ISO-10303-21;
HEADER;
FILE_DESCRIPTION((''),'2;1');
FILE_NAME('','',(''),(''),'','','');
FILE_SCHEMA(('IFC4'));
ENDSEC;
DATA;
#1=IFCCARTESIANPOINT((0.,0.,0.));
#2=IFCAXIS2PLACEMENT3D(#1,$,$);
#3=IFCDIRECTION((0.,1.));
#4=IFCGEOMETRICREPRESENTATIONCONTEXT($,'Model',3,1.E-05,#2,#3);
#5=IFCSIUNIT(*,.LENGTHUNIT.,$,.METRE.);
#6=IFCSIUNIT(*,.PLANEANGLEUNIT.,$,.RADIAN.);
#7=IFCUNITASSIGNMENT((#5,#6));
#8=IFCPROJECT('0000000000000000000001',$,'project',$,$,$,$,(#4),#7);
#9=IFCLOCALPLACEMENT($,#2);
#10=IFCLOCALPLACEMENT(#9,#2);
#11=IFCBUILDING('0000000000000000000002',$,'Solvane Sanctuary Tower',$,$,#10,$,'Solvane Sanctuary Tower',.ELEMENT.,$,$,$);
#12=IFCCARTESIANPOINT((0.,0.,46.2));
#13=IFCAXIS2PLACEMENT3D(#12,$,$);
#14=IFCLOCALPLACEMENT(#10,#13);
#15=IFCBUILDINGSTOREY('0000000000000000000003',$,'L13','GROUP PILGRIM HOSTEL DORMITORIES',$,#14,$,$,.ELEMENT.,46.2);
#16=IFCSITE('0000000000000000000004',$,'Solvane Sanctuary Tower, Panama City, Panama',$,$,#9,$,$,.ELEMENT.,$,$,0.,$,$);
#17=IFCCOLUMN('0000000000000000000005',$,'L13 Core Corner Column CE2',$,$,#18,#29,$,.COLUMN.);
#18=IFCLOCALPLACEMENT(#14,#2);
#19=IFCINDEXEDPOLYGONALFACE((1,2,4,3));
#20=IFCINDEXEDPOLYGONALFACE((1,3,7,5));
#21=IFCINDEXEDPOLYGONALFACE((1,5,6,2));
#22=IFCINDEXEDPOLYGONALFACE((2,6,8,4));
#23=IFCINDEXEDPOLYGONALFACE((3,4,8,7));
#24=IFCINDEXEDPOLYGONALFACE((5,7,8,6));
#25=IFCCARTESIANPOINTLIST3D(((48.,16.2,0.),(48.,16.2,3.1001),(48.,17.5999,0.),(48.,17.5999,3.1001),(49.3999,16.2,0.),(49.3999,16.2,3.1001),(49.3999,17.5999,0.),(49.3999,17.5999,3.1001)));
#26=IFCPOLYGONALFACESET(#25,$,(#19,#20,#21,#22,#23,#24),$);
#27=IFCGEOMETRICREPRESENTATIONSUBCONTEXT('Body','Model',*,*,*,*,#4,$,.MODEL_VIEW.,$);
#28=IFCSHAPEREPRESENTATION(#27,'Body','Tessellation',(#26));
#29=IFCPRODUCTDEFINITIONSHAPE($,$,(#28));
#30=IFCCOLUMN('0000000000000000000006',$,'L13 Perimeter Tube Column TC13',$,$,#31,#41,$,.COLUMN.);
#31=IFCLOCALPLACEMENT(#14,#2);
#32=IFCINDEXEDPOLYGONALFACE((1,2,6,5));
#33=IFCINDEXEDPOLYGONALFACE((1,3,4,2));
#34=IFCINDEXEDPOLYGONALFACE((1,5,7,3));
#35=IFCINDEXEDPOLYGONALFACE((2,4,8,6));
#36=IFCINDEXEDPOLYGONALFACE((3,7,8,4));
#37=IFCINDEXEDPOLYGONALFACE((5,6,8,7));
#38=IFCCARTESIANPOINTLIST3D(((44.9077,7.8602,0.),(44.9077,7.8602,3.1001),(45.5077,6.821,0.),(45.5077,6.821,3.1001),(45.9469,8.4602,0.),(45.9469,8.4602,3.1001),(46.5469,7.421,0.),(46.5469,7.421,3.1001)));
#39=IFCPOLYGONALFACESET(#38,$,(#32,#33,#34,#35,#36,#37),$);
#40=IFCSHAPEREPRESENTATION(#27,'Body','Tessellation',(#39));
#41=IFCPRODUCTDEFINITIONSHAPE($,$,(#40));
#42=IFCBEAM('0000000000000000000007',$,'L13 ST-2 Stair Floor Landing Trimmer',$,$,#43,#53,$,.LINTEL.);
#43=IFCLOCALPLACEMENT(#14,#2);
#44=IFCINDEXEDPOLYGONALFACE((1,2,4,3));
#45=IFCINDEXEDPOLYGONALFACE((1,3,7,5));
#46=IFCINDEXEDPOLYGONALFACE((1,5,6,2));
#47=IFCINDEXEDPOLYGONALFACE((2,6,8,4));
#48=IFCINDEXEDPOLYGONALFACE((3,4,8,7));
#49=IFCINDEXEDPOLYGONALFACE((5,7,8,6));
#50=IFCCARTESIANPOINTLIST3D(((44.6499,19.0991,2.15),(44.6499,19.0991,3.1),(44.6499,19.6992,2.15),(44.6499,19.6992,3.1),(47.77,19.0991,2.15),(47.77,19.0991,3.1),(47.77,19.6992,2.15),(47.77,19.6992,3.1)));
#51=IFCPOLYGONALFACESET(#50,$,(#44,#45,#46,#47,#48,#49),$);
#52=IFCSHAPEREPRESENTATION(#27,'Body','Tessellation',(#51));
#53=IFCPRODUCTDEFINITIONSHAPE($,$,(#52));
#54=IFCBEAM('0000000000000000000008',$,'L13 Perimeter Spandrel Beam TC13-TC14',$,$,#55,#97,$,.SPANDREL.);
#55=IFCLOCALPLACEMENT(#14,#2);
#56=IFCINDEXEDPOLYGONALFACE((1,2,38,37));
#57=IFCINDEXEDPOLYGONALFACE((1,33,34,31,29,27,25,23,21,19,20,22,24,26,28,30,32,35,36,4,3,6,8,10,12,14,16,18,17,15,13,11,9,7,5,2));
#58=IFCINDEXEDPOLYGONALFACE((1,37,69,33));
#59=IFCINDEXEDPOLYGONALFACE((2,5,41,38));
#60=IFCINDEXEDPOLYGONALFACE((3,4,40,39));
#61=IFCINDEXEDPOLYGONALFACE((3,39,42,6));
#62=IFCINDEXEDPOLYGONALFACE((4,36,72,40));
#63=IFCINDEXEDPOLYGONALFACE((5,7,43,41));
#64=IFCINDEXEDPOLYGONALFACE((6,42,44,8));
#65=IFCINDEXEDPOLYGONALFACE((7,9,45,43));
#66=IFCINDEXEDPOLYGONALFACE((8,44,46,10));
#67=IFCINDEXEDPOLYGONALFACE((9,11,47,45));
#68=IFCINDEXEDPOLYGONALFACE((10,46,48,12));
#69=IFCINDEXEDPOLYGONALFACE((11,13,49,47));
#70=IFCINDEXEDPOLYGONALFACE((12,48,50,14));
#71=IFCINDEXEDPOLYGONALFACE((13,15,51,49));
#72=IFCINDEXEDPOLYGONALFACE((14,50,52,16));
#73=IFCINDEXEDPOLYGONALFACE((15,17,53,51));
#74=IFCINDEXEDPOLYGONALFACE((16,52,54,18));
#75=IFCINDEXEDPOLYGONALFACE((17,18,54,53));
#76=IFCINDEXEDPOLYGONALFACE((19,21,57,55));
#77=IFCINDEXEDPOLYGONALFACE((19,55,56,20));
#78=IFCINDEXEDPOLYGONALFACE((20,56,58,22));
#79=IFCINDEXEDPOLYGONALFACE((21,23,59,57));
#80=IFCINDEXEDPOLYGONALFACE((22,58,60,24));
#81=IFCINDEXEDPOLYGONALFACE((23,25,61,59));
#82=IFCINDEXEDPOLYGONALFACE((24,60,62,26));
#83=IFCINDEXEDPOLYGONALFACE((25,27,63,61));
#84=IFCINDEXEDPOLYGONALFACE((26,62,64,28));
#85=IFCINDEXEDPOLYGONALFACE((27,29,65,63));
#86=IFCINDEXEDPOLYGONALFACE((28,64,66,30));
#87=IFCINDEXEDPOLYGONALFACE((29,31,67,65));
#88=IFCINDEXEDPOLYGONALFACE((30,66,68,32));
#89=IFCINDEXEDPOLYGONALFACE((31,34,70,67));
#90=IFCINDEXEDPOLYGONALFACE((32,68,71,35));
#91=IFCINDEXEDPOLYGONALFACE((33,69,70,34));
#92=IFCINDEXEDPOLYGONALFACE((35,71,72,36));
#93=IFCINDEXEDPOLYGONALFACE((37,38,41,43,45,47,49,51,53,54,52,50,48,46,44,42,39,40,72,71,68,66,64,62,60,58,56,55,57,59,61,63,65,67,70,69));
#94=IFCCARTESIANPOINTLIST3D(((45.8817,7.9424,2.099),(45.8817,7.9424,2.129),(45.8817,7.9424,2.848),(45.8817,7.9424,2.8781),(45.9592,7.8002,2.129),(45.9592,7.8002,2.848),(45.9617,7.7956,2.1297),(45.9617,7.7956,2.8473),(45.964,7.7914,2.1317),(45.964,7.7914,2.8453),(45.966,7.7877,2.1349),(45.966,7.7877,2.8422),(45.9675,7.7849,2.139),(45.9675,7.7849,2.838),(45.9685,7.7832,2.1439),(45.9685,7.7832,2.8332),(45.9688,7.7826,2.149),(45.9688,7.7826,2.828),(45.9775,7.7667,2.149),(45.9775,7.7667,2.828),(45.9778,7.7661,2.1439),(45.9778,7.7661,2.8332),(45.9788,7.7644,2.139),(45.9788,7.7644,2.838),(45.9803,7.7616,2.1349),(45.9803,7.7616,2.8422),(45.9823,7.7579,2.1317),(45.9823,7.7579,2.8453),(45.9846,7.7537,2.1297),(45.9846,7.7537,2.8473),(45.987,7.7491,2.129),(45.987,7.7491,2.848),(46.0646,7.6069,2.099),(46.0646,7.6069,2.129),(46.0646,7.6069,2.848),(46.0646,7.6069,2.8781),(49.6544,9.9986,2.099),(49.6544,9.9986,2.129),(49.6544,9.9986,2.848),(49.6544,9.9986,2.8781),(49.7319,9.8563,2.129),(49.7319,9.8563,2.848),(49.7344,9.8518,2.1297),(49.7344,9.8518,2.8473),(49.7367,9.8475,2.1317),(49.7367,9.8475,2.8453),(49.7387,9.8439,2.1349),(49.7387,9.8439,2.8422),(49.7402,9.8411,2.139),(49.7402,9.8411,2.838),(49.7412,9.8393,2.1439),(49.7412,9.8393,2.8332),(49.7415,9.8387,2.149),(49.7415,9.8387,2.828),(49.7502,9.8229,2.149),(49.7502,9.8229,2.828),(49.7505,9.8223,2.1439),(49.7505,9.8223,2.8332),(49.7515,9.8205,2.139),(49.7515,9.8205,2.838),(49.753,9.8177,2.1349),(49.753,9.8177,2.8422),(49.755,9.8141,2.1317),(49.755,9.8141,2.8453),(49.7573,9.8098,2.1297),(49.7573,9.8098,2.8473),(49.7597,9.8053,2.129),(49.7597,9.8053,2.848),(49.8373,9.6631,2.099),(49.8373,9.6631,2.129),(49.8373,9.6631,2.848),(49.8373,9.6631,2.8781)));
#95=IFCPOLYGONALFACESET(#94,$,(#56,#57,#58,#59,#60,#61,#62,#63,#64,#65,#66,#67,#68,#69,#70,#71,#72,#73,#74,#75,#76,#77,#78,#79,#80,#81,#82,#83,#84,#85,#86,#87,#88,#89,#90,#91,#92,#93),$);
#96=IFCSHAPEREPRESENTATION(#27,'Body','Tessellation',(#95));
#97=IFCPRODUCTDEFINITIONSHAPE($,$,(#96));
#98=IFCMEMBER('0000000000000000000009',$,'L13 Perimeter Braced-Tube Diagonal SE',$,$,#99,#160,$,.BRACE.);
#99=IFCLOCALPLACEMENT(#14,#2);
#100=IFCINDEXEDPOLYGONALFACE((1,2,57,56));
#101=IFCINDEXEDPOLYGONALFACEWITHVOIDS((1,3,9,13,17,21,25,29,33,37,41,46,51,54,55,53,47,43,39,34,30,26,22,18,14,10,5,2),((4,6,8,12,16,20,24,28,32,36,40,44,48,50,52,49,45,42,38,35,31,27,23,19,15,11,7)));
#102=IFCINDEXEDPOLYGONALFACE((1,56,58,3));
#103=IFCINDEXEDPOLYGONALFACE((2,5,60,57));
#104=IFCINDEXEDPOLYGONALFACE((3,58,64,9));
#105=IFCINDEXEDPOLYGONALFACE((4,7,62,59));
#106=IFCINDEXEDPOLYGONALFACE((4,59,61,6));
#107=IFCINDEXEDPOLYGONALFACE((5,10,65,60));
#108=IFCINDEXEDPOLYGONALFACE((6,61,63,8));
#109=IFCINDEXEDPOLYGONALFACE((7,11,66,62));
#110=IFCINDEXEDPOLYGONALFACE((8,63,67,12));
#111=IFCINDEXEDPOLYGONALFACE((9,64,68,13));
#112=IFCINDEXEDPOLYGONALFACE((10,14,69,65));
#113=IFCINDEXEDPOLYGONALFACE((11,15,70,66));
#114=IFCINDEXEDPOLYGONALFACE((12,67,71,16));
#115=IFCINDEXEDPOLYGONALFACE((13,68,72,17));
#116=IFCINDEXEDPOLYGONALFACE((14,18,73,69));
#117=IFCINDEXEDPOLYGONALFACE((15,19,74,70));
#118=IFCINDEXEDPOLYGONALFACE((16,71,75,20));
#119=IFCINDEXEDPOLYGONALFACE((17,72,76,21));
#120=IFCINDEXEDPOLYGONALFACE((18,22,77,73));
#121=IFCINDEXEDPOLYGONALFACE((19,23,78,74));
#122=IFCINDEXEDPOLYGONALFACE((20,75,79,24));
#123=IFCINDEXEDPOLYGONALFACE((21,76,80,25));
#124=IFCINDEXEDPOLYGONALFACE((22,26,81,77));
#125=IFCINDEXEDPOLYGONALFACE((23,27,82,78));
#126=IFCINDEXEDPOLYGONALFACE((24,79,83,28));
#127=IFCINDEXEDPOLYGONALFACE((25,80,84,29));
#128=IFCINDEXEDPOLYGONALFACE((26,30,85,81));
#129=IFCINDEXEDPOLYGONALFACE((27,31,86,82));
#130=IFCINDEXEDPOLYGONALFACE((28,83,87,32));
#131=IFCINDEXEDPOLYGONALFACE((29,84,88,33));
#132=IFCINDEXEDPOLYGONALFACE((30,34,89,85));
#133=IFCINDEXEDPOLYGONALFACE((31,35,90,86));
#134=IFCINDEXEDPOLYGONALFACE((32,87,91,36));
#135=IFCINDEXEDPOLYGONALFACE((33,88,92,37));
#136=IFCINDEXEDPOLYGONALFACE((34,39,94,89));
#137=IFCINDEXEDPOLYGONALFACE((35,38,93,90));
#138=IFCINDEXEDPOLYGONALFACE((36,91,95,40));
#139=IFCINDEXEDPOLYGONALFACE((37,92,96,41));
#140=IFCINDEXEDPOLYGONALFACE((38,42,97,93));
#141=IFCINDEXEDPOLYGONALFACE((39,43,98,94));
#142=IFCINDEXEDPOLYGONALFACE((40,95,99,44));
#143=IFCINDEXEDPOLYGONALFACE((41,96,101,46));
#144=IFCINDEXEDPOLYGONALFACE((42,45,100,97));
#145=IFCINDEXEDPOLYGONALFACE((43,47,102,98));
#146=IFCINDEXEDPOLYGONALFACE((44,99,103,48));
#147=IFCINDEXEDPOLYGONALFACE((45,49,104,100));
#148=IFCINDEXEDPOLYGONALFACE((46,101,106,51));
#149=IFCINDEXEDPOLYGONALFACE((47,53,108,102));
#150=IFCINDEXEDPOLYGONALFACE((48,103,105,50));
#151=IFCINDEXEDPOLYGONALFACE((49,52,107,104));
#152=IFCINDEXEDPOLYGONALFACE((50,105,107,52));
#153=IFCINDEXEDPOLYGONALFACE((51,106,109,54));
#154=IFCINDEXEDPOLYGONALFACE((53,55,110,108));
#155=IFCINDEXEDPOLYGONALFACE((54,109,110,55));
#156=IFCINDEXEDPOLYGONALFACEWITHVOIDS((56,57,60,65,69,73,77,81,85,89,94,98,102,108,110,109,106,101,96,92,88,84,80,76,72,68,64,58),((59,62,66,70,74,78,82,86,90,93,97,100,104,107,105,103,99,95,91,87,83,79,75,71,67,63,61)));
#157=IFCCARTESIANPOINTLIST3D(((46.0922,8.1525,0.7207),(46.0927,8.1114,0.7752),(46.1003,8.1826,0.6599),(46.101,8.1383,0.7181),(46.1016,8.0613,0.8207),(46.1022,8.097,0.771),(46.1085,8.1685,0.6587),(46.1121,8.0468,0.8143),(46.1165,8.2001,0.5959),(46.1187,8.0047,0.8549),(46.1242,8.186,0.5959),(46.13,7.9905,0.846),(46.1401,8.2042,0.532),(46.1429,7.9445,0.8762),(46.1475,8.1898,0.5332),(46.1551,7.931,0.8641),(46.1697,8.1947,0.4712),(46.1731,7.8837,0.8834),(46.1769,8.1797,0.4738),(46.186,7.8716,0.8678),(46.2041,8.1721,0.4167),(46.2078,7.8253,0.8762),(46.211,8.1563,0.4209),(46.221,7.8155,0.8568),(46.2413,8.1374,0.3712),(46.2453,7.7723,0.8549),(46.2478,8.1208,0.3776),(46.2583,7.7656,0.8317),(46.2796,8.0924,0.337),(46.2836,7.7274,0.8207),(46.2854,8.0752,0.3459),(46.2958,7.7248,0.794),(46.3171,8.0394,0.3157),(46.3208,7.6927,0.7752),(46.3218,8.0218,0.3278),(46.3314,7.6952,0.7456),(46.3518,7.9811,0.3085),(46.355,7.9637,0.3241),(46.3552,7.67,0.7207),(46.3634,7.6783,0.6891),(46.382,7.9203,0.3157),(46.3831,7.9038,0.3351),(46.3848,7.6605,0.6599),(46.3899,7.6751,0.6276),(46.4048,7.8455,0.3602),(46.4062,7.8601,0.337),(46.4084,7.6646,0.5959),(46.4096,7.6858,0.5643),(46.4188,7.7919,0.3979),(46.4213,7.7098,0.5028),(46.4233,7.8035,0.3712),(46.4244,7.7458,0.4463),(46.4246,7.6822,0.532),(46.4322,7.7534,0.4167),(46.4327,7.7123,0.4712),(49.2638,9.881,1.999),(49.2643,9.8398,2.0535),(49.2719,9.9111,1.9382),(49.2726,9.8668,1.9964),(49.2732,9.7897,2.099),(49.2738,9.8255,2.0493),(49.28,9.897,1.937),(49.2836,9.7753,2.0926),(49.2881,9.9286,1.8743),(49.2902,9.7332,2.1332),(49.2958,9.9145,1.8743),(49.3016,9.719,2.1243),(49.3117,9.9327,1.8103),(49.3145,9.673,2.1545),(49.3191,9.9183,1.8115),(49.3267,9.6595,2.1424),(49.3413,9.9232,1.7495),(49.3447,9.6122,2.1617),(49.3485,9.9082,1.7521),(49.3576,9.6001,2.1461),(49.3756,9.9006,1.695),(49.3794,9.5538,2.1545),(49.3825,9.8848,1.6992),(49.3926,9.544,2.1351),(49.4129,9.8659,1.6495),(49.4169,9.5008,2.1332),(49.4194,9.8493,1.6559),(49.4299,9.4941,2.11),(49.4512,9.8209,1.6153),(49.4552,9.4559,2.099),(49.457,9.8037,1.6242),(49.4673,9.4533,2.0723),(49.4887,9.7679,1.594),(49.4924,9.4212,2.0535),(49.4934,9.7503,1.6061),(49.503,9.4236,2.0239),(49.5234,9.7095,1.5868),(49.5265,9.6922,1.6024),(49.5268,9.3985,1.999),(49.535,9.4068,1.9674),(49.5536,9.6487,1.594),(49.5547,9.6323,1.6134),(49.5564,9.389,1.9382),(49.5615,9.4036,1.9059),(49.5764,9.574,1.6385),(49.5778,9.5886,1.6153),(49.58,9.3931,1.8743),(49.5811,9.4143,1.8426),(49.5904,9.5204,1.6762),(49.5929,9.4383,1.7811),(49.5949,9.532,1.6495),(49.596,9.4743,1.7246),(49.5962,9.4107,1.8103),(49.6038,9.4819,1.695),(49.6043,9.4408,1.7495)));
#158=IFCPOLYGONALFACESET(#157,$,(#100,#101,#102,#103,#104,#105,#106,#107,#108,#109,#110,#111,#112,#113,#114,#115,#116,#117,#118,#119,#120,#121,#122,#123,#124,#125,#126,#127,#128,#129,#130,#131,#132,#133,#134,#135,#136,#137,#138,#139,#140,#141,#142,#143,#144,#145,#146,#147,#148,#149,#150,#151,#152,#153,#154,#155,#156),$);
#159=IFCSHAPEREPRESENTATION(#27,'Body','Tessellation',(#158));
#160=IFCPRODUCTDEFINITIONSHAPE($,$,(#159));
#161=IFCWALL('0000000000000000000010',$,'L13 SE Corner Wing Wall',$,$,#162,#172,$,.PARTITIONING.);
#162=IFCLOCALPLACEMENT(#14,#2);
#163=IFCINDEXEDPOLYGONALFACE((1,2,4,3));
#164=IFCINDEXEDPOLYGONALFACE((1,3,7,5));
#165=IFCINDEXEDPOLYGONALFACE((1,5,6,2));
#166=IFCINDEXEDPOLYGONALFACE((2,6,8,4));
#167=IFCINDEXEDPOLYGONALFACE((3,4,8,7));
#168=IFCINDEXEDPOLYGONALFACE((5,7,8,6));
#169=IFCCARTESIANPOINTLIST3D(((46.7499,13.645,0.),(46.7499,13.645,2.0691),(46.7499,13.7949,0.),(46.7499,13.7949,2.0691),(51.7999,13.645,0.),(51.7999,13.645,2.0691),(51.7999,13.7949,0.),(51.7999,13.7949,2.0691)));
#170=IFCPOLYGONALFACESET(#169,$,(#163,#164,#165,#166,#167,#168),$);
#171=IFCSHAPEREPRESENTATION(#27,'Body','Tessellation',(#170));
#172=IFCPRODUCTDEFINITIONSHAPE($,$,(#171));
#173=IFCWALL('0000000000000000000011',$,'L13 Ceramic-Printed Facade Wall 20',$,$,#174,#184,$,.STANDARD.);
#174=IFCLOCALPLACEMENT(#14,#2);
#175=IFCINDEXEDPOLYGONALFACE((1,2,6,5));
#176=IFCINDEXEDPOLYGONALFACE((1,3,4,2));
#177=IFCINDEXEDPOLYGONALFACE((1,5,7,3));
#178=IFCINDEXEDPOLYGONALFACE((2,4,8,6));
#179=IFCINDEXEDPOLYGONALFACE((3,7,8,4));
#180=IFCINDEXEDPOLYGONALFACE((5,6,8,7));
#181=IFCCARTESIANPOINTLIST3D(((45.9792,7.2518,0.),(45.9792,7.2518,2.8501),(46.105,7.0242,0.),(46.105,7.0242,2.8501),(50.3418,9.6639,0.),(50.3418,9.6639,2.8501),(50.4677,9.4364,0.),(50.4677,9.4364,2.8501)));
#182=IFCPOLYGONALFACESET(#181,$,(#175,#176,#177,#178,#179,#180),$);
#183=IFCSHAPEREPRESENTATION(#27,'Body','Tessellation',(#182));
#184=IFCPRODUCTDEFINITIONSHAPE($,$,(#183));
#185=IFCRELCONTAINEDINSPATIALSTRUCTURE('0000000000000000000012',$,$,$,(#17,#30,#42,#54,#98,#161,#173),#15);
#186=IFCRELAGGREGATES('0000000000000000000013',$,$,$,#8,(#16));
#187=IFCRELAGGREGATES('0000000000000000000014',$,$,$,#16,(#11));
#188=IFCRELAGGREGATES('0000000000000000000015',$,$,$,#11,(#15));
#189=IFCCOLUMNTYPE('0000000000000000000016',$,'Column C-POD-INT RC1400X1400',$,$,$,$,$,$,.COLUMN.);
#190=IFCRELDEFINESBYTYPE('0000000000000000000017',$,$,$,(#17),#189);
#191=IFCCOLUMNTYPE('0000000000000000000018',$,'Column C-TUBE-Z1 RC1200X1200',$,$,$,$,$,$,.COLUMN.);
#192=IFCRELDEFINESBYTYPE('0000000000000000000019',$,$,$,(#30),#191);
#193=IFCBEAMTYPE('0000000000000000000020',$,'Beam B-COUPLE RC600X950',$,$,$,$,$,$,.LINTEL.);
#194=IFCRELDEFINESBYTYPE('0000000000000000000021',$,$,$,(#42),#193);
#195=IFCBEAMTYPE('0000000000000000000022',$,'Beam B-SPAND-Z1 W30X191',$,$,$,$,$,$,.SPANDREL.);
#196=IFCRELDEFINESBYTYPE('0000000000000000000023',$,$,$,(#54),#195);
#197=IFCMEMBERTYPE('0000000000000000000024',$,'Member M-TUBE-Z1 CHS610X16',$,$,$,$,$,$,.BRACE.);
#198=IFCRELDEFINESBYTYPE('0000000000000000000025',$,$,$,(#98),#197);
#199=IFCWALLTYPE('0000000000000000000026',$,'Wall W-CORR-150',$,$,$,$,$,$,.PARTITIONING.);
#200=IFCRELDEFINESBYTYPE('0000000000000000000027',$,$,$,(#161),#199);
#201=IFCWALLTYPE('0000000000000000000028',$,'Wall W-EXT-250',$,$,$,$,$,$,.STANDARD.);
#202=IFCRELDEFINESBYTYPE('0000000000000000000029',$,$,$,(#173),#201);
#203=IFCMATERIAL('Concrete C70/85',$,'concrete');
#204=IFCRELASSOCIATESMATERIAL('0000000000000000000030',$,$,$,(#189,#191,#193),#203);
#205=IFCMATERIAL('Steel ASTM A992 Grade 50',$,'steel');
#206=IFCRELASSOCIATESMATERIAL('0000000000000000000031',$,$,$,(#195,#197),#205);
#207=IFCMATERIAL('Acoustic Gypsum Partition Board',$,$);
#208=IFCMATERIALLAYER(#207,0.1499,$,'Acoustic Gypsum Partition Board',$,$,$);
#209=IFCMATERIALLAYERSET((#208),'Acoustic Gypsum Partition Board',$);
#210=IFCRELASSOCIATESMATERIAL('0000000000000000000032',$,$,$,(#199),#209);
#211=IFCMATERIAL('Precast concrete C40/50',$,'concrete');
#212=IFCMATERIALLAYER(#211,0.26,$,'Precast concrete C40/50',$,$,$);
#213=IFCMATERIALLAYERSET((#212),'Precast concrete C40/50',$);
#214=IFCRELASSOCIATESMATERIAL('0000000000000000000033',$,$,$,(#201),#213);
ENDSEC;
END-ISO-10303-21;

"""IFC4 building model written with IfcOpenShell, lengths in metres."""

from ifc_helpers import new_model, si_unit, direction, frame, frame_2d, origin, origin_2d, place, context, subcontext, project, spatial, rectangle, hollow_circle, i_section, extrude, material, layer, layer_set, material_profile, profile_set, type_object, element, save


model = new_model("IFC4")

# Units and contexts
model_context = context("Model", 3, precision=1e-05, world=origin(), true_north=direction((0.0, 1.0)))
body_context = subcontext(model_context, "Body", "Model", "MODEL_VIEW")
ifc_project = project(units=[si_unit("LENGTHUNIT", "METRE"), si_unit("PLANEANGLEUNIT", "RADIAN")], contexts=[model_context])

# Site, building, storey
site_placement = place(None, origin())
site = spatial("IfcSite", under=ifc_project, at=site_placement, Name="Solvane Sanctuary Tower, Panama City, Panama", CompositionType="ELEMENT", RefElevation=0.0)
building_placement = place(site_placement, origin())
building = spatial("IfcBuilding", under=site, at=building_placement, Name="Solvane Sanctuary Tower", LongName="Solvane Sanctuary Tower", CompositionType="ELEMENT")
storey_placement = place(building_placement, frame((0.0, 0.0, 46.2)))
storey = spatial("IfcBuildingStorey", under=building, at=storey_placement, Name="L13", Description="GROUP PILGRIM HOSTEL DORMITORIES", CompositionType="ELEMENT", Elevation=46.2)

# Columns
ifc_material_1 = material(Name="Concrete C70/85", Category="concrete")
ifc_material_profile_1 = material_profile(ifc_material_1, rectangle(XDim=1.3999, YDim=1.3999, at=origin_2d()), Name="RC1400X1400")
ifc_profile_set_1 = profile_set([ifc_material_profile_1], Name="Concrete C70/85")
column_type_1 = type_object("IfcColumnType", Name="Column C-POD-INT RC1400X1400", PredefinedType="COLUMN", material=ifc_profile_set_1)
column_1_placement = place(storey_placement, frame((48.7, 16.8999, 0.0), z_axis=(0.0, 0.0, 1.0), x_axis=(1.0, 0.0, 0.0)))
element("IfcColumn", 1, at=column_1_placement, inside=storey, type_object=column_type_1, Name="L13 Core Corner Column CE2", PredefinedType="COLUMN", context=body_context, shape_type="SweptSolid", body=[
    extrude(rectangle(XDim=1.3999, YDim=1.3999, at=origin_2d()), origin(), (0.0, 0.0, 1.0), 3.1001),
])
ifc_material_profile_2 = material_profile(ifc_material_1, rectangle(XDim=1.2, YDim=1.2, at=origin_2d()), Name="RC1200X1200")
ifc_profile_set_2 = profile_set([ifc_material_profile_2], Name="Concrete C70/85")
column_type_2 = type_object("IfcColumnType", Name="Column C-TUBE-Z1 RC1200X1200", PredefinedType="COLUMN", material=ifc_profile_set_2)
column_2_placement = place(storey_placement, frame((45.7273, 7.6406, 0.0), z_axis=(0.0, 0.0, 1.0), x_axis=(0.5, -0.866025, 0.0)))
element("IfcColumn", 2, at=column_2_placement, inside=storey, type_object=column_type_2, Name="L13 Perimeter Tube Column TC13", PredefinedType="COLUMN", context=body_context, shape_type="SweptSolid", body=[
    extrude(rectangle(XDim=1.2, YDim=1.2, at=origin_2d()), origin(), (0.0, 0.0, 1.0), 3.1001),
])

# Beams
ifc_material_profile_3 = material_profile(ifc_material_1, rectangle(XDim=0.6001, YDim=0.95, at=origin_2d()), Name="RC600X950")
ifc_profile_set_3 = profile_set([ifc_material_profile_3], Name="Concrete C70/85")
beam_type_1 = type_object("IfcBeamType", Name="Beam B-COUPLE RC600X950", PredefinedType="LINTEL", material=ifc_profile_set_3)
beam_1_placement = place(storey_placement, frame((44.6499, 19.3992, 2.625), z_axis=(1.0, 0.0, 0.0), x_axis=(0.0, 1.0, 0.0)))
element("IfcBeam", 3, at=beam_1_placement, inside=storey, type_object=beam_type_1, Name="L13 ST-2 Stair Floor Landing Trimmer", PredefinedType="LINTEL", context=body_context, shape_type="SweptSolid", body=[
    extrude(rectangle(XDim=0.6001, YDim=0.95, at=origin_2d()), origin(), (0.0, 0.0, 1.0), 3.1201),
])
ifc_material_2 = material(Name="Steel ASTM A992 Grade 50", Category="steel")
ifc_material_profile_4 = material_profile(ifc_material_2, i_section(OverallWidth=0.3821, OverallDepth=0.7791, WebThickness=0.0181, FlangeThickness=0.03, FilletRadius=0.02, at=origin_2d()), Name="W30X191")
ifc_profile_set_4 = profile_set([ifc_material_profile_4], Name="Steel ASTM A992 Grade 50")
beam_type_2 = type_object("IfcBeamType", Name="Beam B-SPAND-Z1 W30X191", PredefinedType="SPANDREL", material=ifc_profile_set_4)
beam_2_placement = place(storey_placement, frame((45.9731, 7.7747, 2.4885), z_axis=(0.878061, 0.47855, 0.0), x_axis=(-0.47855, 0.878061, 0.0)))
element("IfcBeam", 4, at=beam_2_placement, inside=storey, type_object=beam_type_2, Name="L13 Perimeter Spandrel Beam TC13-TC14", PredefinedType="SPANDREL", context=body_context, shape_type="SweptSolid", body=[
    extrude(i_section(OverallWidth=0.3821, OverallDepth=0.7791, WebThickness=0.0181, FlangeThickness=0.03, FilletRadius=0.02, at=origin_2d()), origin(), (0.0, 0.0, 1.0), 4.2966),
])

# Member
ifc_material_profile_5 = material_profile(ifc_material_2, hollow_circle(Radius=0.3049, WallThickness=0.0161, at=origin_2d()), Name="CHS610X16")
ifc_profile_set_5 = profile_set([ifc_material_profile_5], Name="Steel ASTM A992 Grade 50")
member_type = type_object("IfcMemberType", Name="Member M-TUBE-Z1 CHS610X16", PredefinedType="BRACE", material=ifc_profile_set_5)
member_placement = place(storey_placement, frame((46.2625, 7.9324, 0.5959), z_axis=(0.827758, 0.451122, 0.333626), x_axis=(-0.47854, 0.878066, 0.0)))
element("IfcMember", 5, at=member_placement, inside=storey, type_object=member_type, Name="L13 Perimeter Braced-Tube Diagonal SE", PredefinedType="BRACE", context=body_context, shape_type="SweptSolid", body=[
    extrude(hollow_circle(Radius=0.3049, WallThickness=0.0161, at=origin_2d()), origin(), (0.0, 0.0, 1.0), 3.8315),
])

# Walls
ifc_material_3 = material(Name="Acoustic Gypsum Partition Board")
ifc_layer_1 = layer(ifc_material_3, 0.1499, Name="Acoustic Gypsum Partition Board")
ifc_layer_set_1 = layer_set([ifc_layer_1], Name="Acoustic Gypsum Partition Board")
wall_type_1 = type_object("IfcWallType", Name="Wall W-CORR-150", PredefinedType="PARTITIONING", material=ifc_layer_set_1)
wall_1_placement = place(storey_placement, frame((46.75, 13.72, 0.0), z_axis=(0.0, 0.0, 1.0), x_axis=(1.0, 0.0, 0.0)))
element("IfcWall", 6, at=wall_1_placement, inside=storey, type_object=wall_type_1, Name="L13 SE Corner Wing Wall", PredefinedType="PARTITIONING", context=body_context, shape_type="SweptSolid", body=[
    extrude(rectangle(XDim=5.05, YDim=0.1499, at=frame_2d((2.5249, 0.0))), origin(), (0.0, 0.0, 1.0), 2.0691),
])
ifc_material_4 = material(Name="Precast concrete C40/50", Category="concrete")
ifc_layer_2 = layer(ifc_material_4, 0.26, Name="Precast concrete C40/50")
ifc_layer_set_2 = layer_set([ifc_layer_2], Name="Precast concrete C40/50")
wall_type_2 = type_object("IfcWallType", Name="Wall W-EXT-250", PredefinedType="STANDARD", material=ifc_layer_set_2)
wall_2_placement = place(storey_placement, frame((46.042, 7.1379, 0.0), z_axis=(0.0, 0.0, 1.0), x_axis=(0.875137, 0.483875, 0.0)))
element("IfcWall", 7, at=wall_2_placement, inside=storey, type_object=wall_type_2, Name="L13 Ceramic-Printed Facade Wall 20", PredefinedType="STANDARD", context=body_context, shape_type="SweptSolid", body=[
    extrude(rectangle(XDim=4.9851, YDim=0.26, at=frame_2d((2.4927, 0.0))), origin(), (0.0, 0.0, 1.0), 2.8501),
])

save(model, "model.ifc")
